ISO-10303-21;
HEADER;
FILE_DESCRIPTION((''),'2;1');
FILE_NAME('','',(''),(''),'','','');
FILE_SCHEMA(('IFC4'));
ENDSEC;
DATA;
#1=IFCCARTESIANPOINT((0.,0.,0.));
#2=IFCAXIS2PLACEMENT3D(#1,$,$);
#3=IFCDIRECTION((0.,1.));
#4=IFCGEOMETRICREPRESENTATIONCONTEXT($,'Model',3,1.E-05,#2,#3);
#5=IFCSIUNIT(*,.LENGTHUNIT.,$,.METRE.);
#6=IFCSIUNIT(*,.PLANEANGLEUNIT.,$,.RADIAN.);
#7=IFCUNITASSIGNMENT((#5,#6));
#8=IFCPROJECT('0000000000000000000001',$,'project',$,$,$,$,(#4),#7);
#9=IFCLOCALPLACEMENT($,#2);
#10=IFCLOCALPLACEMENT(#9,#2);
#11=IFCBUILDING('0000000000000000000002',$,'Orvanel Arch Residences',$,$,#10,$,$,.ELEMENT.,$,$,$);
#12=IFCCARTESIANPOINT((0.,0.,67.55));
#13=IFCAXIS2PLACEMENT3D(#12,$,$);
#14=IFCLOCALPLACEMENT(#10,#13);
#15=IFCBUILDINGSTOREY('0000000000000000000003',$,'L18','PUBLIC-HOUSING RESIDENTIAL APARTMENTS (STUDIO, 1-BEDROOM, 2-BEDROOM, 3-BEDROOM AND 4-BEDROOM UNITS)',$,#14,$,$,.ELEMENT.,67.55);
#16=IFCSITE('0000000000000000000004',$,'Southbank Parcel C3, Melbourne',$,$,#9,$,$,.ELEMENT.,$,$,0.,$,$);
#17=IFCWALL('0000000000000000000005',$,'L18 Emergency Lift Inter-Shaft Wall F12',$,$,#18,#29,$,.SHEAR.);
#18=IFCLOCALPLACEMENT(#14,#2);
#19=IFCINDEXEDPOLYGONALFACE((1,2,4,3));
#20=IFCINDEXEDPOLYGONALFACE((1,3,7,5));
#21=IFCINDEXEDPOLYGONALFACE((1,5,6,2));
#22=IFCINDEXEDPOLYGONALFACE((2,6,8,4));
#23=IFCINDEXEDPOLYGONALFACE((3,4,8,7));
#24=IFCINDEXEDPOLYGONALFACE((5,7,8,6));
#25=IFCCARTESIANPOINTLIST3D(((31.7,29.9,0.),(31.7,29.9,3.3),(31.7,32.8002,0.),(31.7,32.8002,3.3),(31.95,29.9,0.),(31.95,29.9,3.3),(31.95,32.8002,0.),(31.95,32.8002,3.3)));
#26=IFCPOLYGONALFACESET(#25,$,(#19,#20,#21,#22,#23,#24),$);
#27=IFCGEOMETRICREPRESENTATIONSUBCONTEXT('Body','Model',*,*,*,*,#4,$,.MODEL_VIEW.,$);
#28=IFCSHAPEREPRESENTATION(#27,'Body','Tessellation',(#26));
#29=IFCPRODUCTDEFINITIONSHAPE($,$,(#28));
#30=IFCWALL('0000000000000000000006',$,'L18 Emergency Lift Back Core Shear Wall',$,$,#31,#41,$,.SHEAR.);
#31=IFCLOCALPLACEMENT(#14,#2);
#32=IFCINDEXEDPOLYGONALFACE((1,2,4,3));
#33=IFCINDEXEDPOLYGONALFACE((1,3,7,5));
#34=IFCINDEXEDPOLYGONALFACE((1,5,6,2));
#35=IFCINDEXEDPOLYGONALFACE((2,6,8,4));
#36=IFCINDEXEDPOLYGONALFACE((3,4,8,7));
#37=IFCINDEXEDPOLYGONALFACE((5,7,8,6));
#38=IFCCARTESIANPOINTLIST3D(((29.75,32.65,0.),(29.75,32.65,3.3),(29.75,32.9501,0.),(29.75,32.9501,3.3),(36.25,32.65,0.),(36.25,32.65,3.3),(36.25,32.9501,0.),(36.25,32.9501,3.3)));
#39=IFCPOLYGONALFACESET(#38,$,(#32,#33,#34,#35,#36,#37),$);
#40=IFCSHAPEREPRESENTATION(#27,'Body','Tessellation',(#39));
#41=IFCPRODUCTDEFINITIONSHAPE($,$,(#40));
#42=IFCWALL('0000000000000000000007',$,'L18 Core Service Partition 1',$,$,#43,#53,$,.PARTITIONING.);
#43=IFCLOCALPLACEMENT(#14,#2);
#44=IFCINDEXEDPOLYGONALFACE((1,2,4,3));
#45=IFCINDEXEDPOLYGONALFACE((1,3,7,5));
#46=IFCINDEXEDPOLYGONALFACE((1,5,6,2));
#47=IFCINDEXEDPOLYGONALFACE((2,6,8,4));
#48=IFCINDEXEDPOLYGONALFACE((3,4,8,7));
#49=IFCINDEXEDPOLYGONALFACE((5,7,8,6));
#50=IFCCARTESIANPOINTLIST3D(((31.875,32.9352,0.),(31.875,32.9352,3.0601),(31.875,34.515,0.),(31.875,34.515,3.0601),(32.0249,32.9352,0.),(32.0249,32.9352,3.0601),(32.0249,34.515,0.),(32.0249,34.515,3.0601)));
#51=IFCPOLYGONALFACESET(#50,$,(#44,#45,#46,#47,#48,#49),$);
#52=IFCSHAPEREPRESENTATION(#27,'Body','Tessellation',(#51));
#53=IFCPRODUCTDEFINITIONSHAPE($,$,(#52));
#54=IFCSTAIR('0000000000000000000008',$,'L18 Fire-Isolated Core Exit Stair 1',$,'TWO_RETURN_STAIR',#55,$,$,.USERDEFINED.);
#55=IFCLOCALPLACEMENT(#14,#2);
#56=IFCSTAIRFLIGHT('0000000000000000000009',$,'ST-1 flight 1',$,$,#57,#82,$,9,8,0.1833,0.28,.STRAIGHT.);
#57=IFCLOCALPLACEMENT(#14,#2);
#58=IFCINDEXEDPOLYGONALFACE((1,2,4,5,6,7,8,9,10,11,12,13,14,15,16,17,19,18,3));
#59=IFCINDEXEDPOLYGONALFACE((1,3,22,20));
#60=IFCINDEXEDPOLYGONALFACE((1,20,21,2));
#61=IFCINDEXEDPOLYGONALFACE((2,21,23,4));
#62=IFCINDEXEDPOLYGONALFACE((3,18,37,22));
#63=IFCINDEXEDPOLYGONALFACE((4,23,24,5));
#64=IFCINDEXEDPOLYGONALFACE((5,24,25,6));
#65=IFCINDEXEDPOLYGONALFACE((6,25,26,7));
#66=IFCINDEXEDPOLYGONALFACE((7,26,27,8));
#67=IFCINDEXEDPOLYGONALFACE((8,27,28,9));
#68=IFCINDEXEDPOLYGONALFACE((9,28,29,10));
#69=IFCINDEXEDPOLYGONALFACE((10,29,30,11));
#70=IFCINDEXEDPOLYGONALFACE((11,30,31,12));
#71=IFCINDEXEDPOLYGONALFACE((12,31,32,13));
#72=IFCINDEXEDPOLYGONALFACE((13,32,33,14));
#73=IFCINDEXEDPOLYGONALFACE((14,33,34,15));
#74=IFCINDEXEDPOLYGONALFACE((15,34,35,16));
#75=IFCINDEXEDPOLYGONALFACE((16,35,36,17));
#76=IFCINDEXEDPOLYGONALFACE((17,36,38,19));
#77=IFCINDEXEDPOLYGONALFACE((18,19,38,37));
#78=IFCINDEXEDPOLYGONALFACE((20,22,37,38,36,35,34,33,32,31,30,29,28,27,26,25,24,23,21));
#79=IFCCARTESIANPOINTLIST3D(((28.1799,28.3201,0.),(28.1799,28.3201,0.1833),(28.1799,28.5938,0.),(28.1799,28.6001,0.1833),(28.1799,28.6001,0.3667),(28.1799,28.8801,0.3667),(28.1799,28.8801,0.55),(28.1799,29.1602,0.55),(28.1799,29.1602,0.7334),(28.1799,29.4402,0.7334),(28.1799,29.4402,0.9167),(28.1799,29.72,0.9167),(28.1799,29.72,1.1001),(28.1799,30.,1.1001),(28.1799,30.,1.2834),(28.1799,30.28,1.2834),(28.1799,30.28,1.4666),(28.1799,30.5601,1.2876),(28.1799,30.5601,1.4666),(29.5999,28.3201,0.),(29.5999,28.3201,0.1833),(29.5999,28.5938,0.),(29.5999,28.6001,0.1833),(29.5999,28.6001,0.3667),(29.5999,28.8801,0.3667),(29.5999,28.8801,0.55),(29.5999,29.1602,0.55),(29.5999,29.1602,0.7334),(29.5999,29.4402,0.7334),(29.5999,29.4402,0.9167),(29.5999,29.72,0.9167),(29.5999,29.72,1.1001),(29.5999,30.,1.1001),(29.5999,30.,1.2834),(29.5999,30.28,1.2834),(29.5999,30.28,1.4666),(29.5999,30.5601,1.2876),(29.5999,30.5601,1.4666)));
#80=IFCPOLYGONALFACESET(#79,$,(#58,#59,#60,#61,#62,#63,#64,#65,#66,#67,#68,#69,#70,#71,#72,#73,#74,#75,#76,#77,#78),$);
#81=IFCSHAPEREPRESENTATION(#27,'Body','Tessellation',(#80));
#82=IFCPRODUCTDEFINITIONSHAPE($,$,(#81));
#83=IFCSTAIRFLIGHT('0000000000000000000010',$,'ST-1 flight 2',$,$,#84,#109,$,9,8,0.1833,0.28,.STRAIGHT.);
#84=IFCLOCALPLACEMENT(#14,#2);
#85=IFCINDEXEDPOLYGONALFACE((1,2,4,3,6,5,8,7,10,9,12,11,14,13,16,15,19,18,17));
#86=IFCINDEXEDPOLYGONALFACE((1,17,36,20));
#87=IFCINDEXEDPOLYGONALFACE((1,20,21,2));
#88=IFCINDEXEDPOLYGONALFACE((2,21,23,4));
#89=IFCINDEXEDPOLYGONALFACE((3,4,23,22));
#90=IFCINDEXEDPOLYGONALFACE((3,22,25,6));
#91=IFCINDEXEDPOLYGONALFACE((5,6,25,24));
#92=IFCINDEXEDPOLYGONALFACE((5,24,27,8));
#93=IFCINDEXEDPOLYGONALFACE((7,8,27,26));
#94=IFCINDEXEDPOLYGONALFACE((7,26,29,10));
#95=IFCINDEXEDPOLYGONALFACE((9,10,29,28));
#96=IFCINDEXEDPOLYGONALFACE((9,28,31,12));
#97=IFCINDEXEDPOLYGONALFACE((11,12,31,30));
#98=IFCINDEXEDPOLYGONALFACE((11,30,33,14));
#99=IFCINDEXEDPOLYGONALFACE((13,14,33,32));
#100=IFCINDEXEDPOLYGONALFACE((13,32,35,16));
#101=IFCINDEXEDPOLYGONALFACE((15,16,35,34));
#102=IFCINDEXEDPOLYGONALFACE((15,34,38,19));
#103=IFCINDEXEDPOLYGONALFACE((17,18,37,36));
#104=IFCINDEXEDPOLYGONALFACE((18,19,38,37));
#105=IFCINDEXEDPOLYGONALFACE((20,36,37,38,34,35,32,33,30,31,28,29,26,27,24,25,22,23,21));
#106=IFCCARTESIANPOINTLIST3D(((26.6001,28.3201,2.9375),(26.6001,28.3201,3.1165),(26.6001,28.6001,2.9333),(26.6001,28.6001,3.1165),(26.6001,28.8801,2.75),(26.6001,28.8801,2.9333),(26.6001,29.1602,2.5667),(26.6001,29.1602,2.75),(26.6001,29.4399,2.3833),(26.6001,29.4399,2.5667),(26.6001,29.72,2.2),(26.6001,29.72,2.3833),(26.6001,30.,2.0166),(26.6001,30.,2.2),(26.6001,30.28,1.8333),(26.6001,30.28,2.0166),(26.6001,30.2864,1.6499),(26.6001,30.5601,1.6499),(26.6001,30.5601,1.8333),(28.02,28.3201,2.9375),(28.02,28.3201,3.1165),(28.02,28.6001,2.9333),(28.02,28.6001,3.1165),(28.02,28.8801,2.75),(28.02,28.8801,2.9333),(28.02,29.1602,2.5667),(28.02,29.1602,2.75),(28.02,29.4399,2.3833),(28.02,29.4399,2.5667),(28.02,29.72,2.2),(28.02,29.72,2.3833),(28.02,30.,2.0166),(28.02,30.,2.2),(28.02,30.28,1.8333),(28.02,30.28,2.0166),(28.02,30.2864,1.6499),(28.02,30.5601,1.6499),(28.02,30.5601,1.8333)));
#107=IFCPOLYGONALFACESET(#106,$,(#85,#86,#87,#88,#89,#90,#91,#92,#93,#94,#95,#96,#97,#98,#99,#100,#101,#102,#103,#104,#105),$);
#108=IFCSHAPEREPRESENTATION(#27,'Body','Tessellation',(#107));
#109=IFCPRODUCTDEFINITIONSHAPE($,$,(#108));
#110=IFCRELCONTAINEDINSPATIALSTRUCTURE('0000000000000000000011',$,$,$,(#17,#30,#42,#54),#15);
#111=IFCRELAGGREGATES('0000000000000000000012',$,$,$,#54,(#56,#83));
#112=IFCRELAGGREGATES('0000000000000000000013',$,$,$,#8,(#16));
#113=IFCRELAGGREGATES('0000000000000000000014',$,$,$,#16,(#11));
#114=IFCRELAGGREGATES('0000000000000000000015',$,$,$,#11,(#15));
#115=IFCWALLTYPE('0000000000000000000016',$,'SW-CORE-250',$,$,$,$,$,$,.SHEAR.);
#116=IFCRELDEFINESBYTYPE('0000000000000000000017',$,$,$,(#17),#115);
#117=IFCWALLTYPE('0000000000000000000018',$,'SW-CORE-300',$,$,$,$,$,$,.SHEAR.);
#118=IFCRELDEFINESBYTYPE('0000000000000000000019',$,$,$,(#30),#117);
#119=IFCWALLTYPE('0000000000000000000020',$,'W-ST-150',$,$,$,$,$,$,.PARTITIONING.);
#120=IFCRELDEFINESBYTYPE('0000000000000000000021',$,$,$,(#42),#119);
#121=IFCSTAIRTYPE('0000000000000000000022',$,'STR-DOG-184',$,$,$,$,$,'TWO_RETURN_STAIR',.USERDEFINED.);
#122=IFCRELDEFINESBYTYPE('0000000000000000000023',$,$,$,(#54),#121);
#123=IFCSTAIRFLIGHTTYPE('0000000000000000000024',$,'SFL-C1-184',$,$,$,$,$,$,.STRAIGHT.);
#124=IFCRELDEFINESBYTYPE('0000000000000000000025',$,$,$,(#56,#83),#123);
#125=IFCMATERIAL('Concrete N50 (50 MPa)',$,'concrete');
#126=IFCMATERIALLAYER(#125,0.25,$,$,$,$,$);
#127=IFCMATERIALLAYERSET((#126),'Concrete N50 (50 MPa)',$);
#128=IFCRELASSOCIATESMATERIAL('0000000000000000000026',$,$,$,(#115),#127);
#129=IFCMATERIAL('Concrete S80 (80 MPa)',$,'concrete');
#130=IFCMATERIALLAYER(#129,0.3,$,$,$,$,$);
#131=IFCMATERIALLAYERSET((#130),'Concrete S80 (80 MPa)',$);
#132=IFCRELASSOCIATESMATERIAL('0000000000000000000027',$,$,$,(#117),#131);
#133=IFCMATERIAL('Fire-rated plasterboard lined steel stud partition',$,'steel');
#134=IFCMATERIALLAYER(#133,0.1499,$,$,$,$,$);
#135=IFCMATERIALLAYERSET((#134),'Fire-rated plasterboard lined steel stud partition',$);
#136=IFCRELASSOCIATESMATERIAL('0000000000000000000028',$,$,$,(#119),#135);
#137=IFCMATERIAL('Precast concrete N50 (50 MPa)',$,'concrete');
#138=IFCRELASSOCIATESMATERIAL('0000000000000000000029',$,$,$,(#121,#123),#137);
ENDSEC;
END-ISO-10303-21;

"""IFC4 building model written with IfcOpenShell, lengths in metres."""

from ifc_helpers import new_model, si_unit, direction, frame, frame_2d, origin, place, context, subcontext, project, spatial, polyline, rectangle, outline, extrude, material, layer, layer_set, type_object, element, aggregate, save


model = new_model("IFC4")

# Units and contexts
model_context = context("Model", 3, precision=1e-05, world=origin(), true_north=direction((0.0, 1.0)))
body_context = subcontext(model_context, "Body", "Model", "MODEL_VIEW")
ifc_project = project(units=[si_unit("LENGTHUNIT", "METRE"), si_unit("PLANEANGLEUNIT", "RADIAN")], contexts=[model_context])

# Site, building, storey
site_placement = place(None, origin())
site = spatial("IfcSite", under=ifc_project, at=site_placement, Name="Southbank Parcel C3, Melbourne", CompositionType="ELEMENT", RefElevation=0.0)
building_placement = place(site_placement, origin())
building = spatial("IfcBuilding", under=site, at=building_placement, Name="Orvanel Arch Residences", CompositionType="ELEMENT")
storey_placement = place(building_placement, frame((0.0, 0.0, 67.55)))
storey = spatial("IfcBuildingStorey", under=building, at=storey_placement, Name="L18", Description="PUBLIC-HOUSING RESIDENTIAL APARTMENTS (STUDIO, 1-BEDROOM, 2-BEDROOM, 3-BEDROOM AND 4-BEDROOM UNITS)", CompositionType="ELEMENT", Elevation=67.55)

# Wall
ifc_material_1 = material(Name="Concrete N50 (50 MPa)", Category="concrete")
ifc_layer_1 = layer(ifc_material_1, 0.25)
ifc_layer_set_1 = layer_set([ifc_layer_1], Name="Concrete N50 (50 MPa)")
wall_type_1 = type_object("IfcWallType", Name="SW-CORE-250", PredefinedType="SHEAR", material=ifc_layer_set_1)
wall_1_placement = place(storey_placement, frame((31.825, 29.8999, 0.0), z_axis=(0.0, 0.0, 1.0), x_axis=(0.0, 1.0, 0.0)))
element("IfcWall", 1, at=wall_1_placement, inside=storey, type_object=wall_type_1, Name="L18 Emergency Lift Inter-Shaft Wall F12", PredefinedType="SHEAR", context=body_context, shape_type="SweptSolid", body=[
    extrude(rectangle(XDim=2.9001, YDim=0.25, at=frame_2d((1.4502, 0.0))), origin(), (0.0, 0.0, 1.0), 3.3),
])

# Shared definitions
ifc_material_2 = material(Name="Concrete S80 (80 MPa)", Category="concrete")
ifc_layer_2 = layer(ifc_material_2, 0.3)
ifc_layer_set_2 = layer_set([ifc_layer_2], Name="Concrete S80 (80 MPa)")
wall_type_2 = type_object("IfcWallType", Name="SW-CORE-300", PredefinedType="SHEAR", material=ifc_layer_set_2)

# Walls
wall_2_placement = place(storey_placement, frame((29.75, 32.8, 0.0), z_axis=(0.0, 0.0, 1.0), x_axis=(1.0, 0.0, 0.0)))
element("IfcWall", 2, at=wall_2_placement, inside=storey, type_object=wall_type_2, Name="L18 Emergency Lift Back Core Shear Wall", PredefinedType="SHEAR", context=body_context, shape_type="SweptSolid", body=[
    extrude(rectangle(XDim=6.5, YDim=0.3, at=frame_2d((3.25, 0.0))), origin(), (0.0, 0.0, 1.0), 3.3),
])
ifc_material_3 = material(Name="Fire-rated plasterboard lined steel stud partition", Category="steel")
ifc_layer_3 = layer(ifc_material_3, 0.1499)
ifc_layer_set_3 = layer_set([ifc_layer_3], Name="Fire-rated plasterboard lined steel stud partition")
wall_type_3 = type_object("IfcWallType", Name="W-ST-150", PredefinedType="PARTITIONING", material=ifc_layer_set_3)
wall_3_placement = place(storey_placement, frame((31.95, 32.9351, 0.0), z_axis=(0.0, 0.0, 1.0), x_axis=(0.0, 1.0, 0.0)))
element("IfcWall", 3, at=wall_3_placement, inside=storey, type_object=wall_type_3, Name="L18 Core Service Partition 1", PredefinedType="PARTITIONING", context=body_context, shape_type="SweptSolid", body=[
    extrude(rectangle(XDim=1.5798, YDim=0.1499, at=frame_2d((0.79, 0.0))), origin(), (0.0, 0.0, 1.0), 3.0601),
])

# Stair, stair flights
ifc_material_4 = material(Name="Precast concrete N50 (50 MPa)", Category="concrete")
stair_type = type_object("IfcStairType", Name="STR-DOG-184", ElementType="TWO_RETURN_STAIR", PredefinedType="USERDEFINED", material=ifc_material_4)
stair_placement = place(storey_placement, origin())
stair = element("IfcStair", 4, at=stair_placement, inside=storey, type_object=stair_type, Name="L18 Fire-Isolated Core Exit Stair 1", ObjectType="TWO_RETURN_STAIR", PredefinedType="USERDEFINED")
stair_flight_type = type_object("IfcStairFlightType", Name="SFL-C1-184", PredefinedType="STRAIGHT", material=ifc_material_4)
stair_flight_1_placement = place(storey_placement, frame((28.8899, 28.3201, 0.0), z_axis=(0.0, 0.0, 1.0), x_axis=(0.0, 1.0, 0.0)))
stair_flight_1 = element("IfcStairFlight", 5, at=stair_flight_1_placement, type_object=stair_flight_type, Name="ST-1 flight 1", NumberOfRisers=9, NumberOfTreads=8, PredefinedType="STRAIGHT", RiserHeight=0.1833, TreadLength=0.28, context=body_context, shape_type="SweptSolid", body=[
    extrude(outline(polyline([(0.0, 0.0), (0.0, 0.1833), (0.28, 0.1833), (0.28, 0.3667), (0.5601, 0.3667), (0.5601, 0.55), (0.8401, 0.55), (0.8401, 0.7334), (1.1201, 0.7334), (1.1201, 0.9167), (1.3999, 0.9167), (1.3999, 1.1001), (1.6799, 1.1001), (1.6799, 1.2834), (1.96, 1.2834), (1.96, 1.4666), (2.24, 1.4666), (2.24, 1.6499), (2.24, 1.2876), (0.2737, 0.0), (0.0, 0.0)])), frame((0.0, 0.71, 0.0), z_axis=(0.0, -1.0, 0.0), x_axis=(1.0, 0.0, 0.0)), (0.0, 0.0, 1.0), 1.4199),
])
stair_flight_2_placement = place(storey_placement, frame((27.3101, 30.5601, 1.6499), z_axis=(0.0, 0.0, 1.0), x_axis=(0.0, -1.0, 0.0)))
stair_flight_2 = element("IfcStairFlight", 6, at=stair_flight_2_placement, type_object=stair_flight_type, Name="ST-1 flight 2", NumberOfRisers=9, NumberOfTreads=8, PredefinedType="STRAIGHT", RiserHeight=0.1833, TreadLength=0.28, context=body_context, shape_type="SweptSolid", body=[
    extrude(outline(polyline([(0.0, 0.0), (0.0, 0.1833), (0.28, 0.1833), (0.28, 0.3667), (0.5601, 0.3667), (0.5601, 0.55), (0.8401, 0.55), (0.8401, 0.7334), (1.1201, 0.7334), (1.1201, 0.9167), (1.3999, 0.9167), (1.3999, 1.1001), (1.6799, 1.1001), (1.6799, 1.2834), (1.96, 1.2834), (1.96, 1.4666), (2.24, 1.4666), (2.24, 1.6499), (2.24, 1.2876), (0.2737, 0.0), (0.0, 0.0)])), frame((0.0, 0.71, 0.0), z_axis=(0.0, -1.0, 0.0), x_axis=(1.0, 0.0, 0.0)), (0.0, 0.0, 1.0), 1.4199),
])
aggregate(stair, [stair_flight_1, stair_flight_2])

save(model, "model.ifc")
